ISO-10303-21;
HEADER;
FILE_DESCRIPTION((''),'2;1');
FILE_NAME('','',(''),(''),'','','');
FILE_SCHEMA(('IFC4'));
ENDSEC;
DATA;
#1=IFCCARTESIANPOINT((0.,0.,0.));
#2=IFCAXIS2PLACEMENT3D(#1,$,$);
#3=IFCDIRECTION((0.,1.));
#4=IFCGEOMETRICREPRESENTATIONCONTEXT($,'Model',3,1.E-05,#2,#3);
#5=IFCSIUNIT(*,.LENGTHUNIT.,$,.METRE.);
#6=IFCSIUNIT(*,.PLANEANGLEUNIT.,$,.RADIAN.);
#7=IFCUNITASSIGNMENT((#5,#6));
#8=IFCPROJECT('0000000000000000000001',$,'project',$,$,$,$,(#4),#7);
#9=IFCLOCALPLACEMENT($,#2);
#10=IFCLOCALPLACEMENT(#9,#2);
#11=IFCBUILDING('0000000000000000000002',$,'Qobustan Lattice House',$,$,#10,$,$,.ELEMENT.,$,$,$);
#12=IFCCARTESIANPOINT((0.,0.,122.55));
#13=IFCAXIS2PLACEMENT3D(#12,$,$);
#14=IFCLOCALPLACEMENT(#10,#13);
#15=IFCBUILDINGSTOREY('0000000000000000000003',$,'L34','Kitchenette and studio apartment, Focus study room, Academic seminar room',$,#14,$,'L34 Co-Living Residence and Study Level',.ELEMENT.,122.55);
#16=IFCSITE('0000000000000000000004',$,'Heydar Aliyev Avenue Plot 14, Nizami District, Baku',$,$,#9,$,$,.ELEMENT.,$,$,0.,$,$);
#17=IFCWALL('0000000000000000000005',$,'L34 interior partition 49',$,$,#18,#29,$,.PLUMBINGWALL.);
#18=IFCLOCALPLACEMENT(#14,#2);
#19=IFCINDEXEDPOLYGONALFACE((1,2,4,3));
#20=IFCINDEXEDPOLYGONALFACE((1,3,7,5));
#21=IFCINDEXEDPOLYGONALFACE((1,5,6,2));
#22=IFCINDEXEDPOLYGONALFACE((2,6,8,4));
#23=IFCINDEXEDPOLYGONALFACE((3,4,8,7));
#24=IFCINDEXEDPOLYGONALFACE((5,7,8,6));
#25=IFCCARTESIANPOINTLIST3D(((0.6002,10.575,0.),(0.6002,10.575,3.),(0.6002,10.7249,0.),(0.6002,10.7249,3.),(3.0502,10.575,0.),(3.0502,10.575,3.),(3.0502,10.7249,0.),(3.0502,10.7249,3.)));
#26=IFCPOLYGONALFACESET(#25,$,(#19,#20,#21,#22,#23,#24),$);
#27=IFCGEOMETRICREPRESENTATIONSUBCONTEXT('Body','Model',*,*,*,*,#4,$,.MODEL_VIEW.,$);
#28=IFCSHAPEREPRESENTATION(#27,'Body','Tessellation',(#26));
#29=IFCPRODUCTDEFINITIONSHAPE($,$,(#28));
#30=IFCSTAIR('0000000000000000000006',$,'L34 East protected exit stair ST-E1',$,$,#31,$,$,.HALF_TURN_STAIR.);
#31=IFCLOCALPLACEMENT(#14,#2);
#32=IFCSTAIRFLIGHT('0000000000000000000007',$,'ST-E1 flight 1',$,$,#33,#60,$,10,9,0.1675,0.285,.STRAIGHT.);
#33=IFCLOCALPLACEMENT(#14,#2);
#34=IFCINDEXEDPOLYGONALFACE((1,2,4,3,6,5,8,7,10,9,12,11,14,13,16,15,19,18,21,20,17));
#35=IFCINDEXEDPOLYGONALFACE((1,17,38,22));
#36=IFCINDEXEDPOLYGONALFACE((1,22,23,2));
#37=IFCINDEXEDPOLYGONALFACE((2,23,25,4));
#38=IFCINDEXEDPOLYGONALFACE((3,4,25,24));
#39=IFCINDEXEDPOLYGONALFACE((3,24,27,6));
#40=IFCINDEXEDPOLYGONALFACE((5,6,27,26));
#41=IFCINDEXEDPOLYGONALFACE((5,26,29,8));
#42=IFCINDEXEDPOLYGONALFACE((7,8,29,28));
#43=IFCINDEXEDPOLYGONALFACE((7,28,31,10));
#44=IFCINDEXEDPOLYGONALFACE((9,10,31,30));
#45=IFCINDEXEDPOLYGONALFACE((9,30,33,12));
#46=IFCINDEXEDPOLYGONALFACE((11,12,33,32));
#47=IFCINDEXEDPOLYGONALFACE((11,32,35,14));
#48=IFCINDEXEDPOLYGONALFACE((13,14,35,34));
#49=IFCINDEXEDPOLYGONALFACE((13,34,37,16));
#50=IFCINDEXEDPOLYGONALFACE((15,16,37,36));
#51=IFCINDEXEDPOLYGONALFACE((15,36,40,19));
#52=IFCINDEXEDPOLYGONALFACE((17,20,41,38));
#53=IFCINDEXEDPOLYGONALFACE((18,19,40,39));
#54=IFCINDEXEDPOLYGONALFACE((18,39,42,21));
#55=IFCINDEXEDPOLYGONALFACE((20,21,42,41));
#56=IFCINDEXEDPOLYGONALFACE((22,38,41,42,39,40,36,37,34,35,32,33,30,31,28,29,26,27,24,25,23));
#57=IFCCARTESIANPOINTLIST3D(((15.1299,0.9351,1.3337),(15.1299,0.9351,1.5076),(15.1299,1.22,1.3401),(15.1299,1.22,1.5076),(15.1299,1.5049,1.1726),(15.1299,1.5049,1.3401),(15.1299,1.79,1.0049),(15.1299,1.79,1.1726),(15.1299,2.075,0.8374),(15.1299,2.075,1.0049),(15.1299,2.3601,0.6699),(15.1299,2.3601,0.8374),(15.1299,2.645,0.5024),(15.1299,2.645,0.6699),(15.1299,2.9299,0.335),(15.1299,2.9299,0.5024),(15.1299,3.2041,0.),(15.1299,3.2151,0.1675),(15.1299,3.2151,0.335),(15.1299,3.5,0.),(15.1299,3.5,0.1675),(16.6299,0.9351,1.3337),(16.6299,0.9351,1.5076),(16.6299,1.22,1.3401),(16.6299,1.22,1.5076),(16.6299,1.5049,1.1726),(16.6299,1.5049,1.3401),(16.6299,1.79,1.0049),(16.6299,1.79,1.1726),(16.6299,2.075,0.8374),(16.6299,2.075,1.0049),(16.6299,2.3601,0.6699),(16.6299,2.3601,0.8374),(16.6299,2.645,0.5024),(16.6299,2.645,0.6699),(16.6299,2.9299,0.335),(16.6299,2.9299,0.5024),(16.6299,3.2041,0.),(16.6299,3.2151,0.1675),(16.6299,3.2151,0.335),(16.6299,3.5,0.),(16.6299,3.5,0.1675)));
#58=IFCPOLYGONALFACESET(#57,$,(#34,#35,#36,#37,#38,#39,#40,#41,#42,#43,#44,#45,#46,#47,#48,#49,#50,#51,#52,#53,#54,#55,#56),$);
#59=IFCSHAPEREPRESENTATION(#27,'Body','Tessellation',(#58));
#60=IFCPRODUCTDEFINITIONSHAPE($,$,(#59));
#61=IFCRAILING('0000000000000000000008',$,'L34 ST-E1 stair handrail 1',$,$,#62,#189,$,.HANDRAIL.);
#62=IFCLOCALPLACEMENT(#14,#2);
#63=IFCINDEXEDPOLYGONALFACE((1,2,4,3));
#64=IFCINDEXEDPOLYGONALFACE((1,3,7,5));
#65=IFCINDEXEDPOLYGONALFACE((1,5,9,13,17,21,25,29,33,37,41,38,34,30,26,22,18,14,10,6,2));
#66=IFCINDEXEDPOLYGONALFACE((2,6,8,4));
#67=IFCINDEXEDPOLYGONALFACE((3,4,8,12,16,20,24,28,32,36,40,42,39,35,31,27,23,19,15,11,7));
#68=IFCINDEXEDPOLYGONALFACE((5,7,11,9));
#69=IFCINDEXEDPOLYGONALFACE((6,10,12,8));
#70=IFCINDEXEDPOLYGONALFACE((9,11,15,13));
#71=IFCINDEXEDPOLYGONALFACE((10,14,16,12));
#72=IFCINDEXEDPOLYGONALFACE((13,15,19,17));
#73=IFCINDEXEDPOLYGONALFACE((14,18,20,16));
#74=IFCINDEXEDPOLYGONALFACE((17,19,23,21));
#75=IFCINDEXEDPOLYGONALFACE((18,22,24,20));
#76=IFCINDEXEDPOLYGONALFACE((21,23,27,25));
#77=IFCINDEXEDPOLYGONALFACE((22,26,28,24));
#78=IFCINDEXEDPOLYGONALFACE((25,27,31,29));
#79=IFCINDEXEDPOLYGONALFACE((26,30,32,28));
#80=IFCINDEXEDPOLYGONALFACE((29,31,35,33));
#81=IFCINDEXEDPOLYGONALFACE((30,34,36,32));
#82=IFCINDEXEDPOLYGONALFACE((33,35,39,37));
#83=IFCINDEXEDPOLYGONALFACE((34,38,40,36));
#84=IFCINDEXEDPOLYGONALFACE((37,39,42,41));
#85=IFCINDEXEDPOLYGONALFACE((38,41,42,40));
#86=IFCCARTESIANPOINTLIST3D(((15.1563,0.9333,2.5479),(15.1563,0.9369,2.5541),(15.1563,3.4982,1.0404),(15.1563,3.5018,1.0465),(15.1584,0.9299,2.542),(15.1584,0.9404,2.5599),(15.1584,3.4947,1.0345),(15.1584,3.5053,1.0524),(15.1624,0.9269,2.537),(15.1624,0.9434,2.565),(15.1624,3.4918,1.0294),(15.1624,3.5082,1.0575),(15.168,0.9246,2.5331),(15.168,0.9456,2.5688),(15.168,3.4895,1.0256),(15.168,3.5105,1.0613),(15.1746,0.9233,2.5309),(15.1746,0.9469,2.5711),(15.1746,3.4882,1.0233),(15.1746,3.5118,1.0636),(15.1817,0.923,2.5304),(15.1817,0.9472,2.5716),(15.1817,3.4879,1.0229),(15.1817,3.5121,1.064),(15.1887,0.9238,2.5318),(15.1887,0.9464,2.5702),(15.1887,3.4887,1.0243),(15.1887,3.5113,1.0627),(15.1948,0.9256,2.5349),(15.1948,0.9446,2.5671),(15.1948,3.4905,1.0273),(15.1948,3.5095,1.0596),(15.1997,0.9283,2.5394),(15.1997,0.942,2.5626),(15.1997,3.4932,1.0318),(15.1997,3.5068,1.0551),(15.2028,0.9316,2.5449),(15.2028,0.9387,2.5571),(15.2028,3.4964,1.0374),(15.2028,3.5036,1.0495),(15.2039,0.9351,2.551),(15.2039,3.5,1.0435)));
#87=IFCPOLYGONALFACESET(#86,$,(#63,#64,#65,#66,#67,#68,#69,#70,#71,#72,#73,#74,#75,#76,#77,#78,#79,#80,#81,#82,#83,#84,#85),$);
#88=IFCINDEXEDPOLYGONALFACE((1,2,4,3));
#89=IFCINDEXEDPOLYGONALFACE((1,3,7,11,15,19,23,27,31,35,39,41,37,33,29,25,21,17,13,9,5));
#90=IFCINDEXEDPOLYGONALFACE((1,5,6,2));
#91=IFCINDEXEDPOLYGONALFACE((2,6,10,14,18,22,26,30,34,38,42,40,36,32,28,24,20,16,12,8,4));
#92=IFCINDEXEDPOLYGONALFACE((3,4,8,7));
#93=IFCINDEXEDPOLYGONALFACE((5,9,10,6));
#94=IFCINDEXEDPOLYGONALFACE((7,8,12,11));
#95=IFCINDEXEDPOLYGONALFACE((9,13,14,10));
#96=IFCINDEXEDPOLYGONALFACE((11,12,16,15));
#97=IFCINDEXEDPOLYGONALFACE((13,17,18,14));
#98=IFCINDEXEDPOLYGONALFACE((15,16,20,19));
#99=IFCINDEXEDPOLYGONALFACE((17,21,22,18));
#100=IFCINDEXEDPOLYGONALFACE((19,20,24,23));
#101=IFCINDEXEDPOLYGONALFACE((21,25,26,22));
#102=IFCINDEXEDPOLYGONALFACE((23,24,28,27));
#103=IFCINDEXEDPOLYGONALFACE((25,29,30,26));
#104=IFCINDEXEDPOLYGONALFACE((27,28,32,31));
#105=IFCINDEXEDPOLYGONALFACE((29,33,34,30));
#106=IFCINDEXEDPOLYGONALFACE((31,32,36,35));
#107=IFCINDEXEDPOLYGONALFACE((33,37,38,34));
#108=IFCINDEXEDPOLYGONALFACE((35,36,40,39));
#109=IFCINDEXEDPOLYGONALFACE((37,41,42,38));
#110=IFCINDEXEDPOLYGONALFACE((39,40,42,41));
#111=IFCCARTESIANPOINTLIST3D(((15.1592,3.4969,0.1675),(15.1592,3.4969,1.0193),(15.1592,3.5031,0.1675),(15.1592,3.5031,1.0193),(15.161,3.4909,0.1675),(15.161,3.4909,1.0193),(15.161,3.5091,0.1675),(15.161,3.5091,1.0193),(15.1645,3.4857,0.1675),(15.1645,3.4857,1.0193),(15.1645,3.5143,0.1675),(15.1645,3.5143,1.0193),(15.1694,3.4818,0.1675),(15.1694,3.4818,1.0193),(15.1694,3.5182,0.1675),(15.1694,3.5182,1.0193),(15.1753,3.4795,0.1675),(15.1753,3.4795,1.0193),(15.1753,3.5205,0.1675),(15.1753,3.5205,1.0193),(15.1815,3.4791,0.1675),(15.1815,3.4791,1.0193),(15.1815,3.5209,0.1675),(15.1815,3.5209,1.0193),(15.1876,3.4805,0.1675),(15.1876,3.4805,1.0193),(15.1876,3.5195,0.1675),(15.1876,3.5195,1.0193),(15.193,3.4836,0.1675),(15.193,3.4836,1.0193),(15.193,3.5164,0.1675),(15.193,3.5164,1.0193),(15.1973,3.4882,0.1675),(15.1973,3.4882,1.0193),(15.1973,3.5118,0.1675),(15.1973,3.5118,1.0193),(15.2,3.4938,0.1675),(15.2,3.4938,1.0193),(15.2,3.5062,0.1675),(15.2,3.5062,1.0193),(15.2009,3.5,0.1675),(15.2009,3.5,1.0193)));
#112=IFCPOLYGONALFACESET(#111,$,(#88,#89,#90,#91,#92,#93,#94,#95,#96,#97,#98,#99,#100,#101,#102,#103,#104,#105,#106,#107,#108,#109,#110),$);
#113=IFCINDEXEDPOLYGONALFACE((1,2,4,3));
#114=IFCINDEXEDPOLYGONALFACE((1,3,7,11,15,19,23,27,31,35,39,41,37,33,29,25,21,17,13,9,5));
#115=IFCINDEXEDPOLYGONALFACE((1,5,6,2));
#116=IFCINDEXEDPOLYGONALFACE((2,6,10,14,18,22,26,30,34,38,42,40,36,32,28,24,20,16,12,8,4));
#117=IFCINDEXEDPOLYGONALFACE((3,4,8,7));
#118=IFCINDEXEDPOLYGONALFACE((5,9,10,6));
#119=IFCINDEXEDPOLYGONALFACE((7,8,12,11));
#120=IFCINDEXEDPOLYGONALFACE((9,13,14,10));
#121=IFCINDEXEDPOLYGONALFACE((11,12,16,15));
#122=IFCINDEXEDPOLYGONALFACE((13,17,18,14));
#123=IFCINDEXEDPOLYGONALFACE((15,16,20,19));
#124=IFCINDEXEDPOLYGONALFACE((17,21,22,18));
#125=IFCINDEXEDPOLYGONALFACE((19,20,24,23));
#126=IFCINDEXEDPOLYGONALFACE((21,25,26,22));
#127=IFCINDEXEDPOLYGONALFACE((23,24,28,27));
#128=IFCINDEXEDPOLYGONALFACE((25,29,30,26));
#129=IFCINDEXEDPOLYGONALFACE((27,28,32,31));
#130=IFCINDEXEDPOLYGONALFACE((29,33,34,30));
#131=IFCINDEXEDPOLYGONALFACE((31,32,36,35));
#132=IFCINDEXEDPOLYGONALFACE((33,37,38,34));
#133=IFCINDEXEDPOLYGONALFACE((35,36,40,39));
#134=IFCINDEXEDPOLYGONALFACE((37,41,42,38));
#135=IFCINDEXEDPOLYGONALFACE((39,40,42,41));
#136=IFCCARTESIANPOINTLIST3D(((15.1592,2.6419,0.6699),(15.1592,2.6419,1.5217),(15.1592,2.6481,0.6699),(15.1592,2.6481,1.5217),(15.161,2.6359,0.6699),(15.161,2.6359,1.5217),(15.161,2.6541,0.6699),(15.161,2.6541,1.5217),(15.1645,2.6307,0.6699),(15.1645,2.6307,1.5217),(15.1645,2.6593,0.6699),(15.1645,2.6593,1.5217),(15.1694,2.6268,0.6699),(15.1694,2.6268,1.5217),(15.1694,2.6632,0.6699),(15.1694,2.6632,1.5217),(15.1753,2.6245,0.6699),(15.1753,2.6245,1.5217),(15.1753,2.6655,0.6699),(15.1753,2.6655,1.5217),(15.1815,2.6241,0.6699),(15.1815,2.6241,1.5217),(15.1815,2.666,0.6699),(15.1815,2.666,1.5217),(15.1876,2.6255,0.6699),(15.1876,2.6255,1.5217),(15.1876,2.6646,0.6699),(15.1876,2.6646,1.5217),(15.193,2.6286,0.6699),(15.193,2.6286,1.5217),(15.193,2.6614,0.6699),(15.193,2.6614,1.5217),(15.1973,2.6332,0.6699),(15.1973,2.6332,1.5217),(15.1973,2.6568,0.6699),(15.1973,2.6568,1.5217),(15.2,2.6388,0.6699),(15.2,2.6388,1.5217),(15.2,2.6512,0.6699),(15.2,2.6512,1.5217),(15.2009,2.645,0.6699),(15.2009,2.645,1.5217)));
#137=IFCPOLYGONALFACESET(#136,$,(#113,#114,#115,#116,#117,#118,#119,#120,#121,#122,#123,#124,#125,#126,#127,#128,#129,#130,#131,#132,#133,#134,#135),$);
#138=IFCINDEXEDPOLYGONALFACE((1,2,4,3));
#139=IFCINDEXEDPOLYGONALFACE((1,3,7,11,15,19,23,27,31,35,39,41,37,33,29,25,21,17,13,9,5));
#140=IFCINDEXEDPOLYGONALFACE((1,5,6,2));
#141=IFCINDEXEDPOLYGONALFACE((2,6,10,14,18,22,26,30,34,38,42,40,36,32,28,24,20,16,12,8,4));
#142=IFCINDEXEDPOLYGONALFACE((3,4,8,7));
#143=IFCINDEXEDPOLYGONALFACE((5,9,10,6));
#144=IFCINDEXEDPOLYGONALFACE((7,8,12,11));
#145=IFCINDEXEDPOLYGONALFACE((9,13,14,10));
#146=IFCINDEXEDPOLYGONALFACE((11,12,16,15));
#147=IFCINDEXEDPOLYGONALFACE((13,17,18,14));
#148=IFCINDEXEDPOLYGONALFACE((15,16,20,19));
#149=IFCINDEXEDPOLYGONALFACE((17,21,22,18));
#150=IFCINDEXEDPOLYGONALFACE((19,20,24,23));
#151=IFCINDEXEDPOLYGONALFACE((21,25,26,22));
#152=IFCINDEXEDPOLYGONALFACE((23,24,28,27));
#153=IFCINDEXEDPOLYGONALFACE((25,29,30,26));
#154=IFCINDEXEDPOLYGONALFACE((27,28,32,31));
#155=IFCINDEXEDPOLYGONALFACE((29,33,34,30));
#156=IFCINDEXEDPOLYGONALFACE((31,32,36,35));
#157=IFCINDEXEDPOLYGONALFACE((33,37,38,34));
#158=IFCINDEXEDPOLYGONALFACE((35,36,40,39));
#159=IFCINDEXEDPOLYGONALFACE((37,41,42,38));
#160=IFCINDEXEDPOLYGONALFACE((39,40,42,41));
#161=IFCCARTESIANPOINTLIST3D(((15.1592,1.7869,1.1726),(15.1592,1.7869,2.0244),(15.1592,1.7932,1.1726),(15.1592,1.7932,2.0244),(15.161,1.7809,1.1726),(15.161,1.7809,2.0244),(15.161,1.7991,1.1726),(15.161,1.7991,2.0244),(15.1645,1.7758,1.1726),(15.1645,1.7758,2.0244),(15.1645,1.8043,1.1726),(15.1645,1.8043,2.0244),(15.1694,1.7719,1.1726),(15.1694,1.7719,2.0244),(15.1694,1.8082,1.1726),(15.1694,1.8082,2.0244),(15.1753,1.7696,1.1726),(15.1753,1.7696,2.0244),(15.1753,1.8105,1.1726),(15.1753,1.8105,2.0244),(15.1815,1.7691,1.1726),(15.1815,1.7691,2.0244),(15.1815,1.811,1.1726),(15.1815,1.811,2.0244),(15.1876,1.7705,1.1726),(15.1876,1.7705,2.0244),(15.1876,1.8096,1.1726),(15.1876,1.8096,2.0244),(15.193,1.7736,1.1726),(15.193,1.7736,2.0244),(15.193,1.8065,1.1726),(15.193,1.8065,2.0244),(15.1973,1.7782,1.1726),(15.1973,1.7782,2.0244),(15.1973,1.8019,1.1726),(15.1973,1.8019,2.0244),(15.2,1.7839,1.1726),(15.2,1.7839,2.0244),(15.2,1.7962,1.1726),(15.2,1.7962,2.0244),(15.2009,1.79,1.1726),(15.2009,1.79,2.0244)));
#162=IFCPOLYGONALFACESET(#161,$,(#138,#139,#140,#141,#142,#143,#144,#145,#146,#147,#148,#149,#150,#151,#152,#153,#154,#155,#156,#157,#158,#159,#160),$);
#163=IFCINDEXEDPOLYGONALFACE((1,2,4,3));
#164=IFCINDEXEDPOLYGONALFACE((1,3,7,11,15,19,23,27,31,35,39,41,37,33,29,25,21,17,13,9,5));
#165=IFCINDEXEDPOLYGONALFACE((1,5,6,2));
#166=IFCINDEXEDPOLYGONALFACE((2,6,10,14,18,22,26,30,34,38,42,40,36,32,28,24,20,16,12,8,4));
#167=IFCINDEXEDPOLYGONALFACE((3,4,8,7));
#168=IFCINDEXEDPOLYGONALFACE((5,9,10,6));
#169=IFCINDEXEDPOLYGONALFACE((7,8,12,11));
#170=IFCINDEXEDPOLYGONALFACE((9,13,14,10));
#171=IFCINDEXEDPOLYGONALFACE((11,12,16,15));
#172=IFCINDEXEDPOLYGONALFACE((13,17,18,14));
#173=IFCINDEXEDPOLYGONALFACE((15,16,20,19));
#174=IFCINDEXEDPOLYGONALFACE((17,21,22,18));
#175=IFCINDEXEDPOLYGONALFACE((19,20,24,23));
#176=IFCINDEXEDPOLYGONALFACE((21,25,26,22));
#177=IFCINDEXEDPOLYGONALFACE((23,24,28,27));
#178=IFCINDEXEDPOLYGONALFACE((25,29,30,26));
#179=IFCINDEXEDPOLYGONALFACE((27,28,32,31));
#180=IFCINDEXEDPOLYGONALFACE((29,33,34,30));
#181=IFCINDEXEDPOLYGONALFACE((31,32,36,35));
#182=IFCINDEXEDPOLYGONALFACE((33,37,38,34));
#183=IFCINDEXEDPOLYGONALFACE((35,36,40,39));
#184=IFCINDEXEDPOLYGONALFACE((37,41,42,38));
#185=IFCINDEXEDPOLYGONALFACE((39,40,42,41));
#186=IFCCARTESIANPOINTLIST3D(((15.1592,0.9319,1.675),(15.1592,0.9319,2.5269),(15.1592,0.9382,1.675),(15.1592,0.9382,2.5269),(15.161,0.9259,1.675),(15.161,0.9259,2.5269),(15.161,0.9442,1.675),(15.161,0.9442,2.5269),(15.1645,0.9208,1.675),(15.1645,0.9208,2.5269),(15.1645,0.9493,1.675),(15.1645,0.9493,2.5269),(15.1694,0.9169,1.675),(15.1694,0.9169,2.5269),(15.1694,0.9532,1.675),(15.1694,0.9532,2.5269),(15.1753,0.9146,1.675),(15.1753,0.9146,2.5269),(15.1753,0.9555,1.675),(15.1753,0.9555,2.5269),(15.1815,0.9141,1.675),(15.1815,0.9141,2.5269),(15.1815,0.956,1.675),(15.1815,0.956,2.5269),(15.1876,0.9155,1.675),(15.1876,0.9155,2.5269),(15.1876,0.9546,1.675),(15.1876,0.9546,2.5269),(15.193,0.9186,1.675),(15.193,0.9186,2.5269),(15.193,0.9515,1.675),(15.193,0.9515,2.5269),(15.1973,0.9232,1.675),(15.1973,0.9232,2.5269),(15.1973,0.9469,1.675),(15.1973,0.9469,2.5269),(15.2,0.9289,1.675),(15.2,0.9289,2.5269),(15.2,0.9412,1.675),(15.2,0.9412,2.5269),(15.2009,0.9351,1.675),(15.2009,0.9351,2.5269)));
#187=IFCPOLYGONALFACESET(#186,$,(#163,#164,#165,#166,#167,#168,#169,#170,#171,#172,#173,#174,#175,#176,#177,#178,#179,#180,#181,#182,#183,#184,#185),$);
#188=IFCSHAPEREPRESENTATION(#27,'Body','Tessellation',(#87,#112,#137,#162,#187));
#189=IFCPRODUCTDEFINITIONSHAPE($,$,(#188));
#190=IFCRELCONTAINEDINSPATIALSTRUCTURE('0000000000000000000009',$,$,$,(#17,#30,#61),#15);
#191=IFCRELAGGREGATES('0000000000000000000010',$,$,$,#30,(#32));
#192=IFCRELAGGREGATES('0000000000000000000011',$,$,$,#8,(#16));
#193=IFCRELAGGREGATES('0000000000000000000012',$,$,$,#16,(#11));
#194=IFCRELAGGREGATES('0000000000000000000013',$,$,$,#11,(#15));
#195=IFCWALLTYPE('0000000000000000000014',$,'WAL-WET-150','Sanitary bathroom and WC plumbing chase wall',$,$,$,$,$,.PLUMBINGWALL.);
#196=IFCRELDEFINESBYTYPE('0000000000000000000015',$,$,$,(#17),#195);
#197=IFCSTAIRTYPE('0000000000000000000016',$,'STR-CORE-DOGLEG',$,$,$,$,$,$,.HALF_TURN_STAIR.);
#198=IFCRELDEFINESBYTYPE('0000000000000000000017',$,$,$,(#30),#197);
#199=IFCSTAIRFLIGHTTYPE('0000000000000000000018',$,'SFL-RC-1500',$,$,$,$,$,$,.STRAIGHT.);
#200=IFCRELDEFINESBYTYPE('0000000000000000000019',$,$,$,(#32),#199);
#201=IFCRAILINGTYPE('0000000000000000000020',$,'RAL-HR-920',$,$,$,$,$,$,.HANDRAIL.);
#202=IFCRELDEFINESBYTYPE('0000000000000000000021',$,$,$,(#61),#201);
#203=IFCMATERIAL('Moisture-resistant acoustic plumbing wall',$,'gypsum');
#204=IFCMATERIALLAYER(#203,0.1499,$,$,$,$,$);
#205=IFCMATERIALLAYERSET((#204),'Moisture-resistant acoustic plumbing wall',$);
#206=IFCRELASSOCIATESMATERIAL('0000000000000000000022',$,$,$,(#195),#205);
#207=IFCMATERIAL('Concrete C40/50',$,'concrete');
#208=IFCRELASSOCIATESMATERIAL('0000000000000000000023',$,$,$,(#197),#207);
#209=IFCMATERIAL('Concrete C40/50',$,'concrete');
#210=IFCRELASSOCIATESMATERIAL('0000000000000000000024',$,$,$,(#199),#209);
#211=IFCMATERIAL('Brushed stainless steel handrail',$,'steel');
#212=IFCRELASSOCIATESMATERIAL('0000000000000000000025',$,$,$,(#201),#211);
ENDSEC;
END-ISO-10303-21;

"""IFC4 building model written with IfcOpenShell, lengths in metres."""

from ifc_helpers import new_model, si_unit, direction, frame, frame_2d, origin, origin_2d, place, context, subcontext, project, spatial, polyline, rectangle, circle, outline, extrude, material, layer, layer_set, type_object, element, aggregate, save


model = new_model("IFC4")

# Units and contexts
model_context = context("Model", 3, precision=1e-05, world=origin(), true_north=direction((0.0, 1.0)))
body_context = subcontext(model_context, "Body", "Model", "MODEL_VIEW")
ifc_project = project(units=[si_unit("LENGTHUNIT", "METRE"), si_unit("PLANEANGLEUNIT", "RADIAN")], contexts=[model_context])

# Site, building, storey
site_placement = place(None, origin())
site = spatial("IfcSite", under=ifc_project, at=site_placement, Name="Heydar Aliyev Avenue Plot 14, Nizami District, Baku", CompositionType="ELEMENT", RefElevation=0.0)
building_placement = place(site_placement, origin())
building = spatial("IfcBuilding", under=site, at=building_placement, Name="Qobustan Lattice House", CompositionType="ELEMENT")
storey_placement = place(building_placement, frame((0.0, 0.0, 122.55)))
storey = spatial("IfcBuildingStorey", under=building, at=storey_placement, Name="L34", Description="Kitchenette and studio apartment, Focus study room, Academic seminar room", LongName="L34 Co-Living Residence and Study Level", CompositionType="ELEMENT", Elevation=122.55)

# Wall
ifc_material_1 = material(Name="Moisture-resistant acoustic plumbing wall", Category="gypsum")
ifc_layer_1 = layer(ifc_material_1, 0.1499)
ifc_layer_set_1 = layer_set([ifc_layer_1], Name="Moisture-resistant acoustic plumbing wall")
wall_type_1 = type_object("IfcWallType", Name="WAL-WET-150", Description="Sanitary bathroom and WC plumbing chase wall", PredefinedType="PLUMBINGWALL", material=ifc_layer_set_1)
wall_1_placement = place(storey_placement, frame((0.6001, 10.6499, 0.0), z_axis=(0.0, 0.0, 1.0), x_axis=(1.0, 0.0, 0.0)))
element("IfcWall", 1, at=wall_1_placement, inside=storey, type_object=wall_type_1, Name="L34 interior partition 49", PredefinedType="PLUMBINGWALL", context=body_context, shape_type="SweptSolid", body=[
    extrude(rectangle(XDim=2.45, YDim=0.1499, at=frame_2d((1.2251, 0.0))), origin(), (0.0, 0.0, 1.0), 3.0),
])

# Stair, stair flight
ifc_material_2 = material(Name="Concrete C40/50", Category="concrete")
stair_type = type_object("IfcStairType", Name="STR-CORE-DOGLEG", PredefinedType="HALF_TURN_STAIR", material=ifc_material_2)
stair_placement = place(storey_placement, origin())
stair = element("IfcStair", 2, at=stair_placement, inside=storey, type_object=stair_type, Name="L34 East protected exit stair ST-E1", PredefinedType="HALF_TURN_STAIR")
ifc_material_3 = material(Name="Concrete C40/50", Category="concrete")
stair_flight_type = type_object("IfcStairFlightType", Name="SFL-RC-1500", PredefinedType="STRAIGHT", material=ifc_material_3)
stair_flight_placement = place(storey_placement, frame((15.8799, 3.5, 0.0), z_axis=(0.0, 0.0, 1.0), x_axis=(0.0, -1.0, 0.0)))
stair_flight = element("IfcStairFlight", 3, at=stair_flight_placement, type_object=stair_flight_type, Name="ST-E1 flight 1", NumberOfRisers=10, NumberOfTreads=9, PredefinedType="STRAIGHT", RiserHeight=0.1675, TreadLength=0.285, context=body_context, shape_type="SweptSolid", body=[
    extrude(outline(polyline([(0.0, 0.0), (0.0, 0.1675), (0.2849, 0.1675), (0.2849, 0.335), (0.5701, 0.335), (0.5701, 0.5024), (0.855, 0.5024), (0.855, 0.6699), (1.1399, 0.6699), (1.1399, 0.8374), (1.425, 0.8374), (1.425, 1.0049), (1.71, 1.0049), (1.71, 1.1726), (1.9951, 1.1726), (1.9951, 1.3401), (2.28, 1.3401), (2.28, 1.5076), (2.5649, 1.5076), (2.5649, 1.675), (2.5649, 1.3337), (0.2959, 0.0), (0.0, 0.0)])), frame((0.0, 0.75, 0.0), z_axis=(0.0, -1.0, 0.0), x_axis=(1.0, 0.0, 0.0)), (0.0, 0.0, 1.0), 1.5),
])
aggregate(stair, [stair_flight])

# Railing
ifc_material_4 = material(Name="Brushed stainless steel handrail", Category="steel")
railing_type_1 = type_object("IfcRailingType", Name="RAL-HR-920", PredefinedType="HANDRAIL", material=ifc_material_4)
railing_1_placement = place(storey_placement, frame((15.1799, 3.5, 0.1675)))
element("IfcRailing", 4, at=railing_1_placement, inside=storey, type_object=railing_type_1, Name="L34 ST-E1 stair handrail 1", PredefinedType="HANDRAIL", context=body_context, shape_type="SweptSolid", body=[
    extrude(circle(Radius=0.0239, at=origin_2d()), frame((0.0, 0.0, 0.876), z_axis=(0.0, -0.862113, 0.506715), x_axis=(1.0, 0.0, 0.0)), (0.0, 0.0, 1.0), 2.9751),
    extrude(circle(Radius=0.021, at=origin_2d()), origin(), (0.0, 0.0, 1.0), 0.8518),
    extrude(circle(Radius=0.021, at=origin_2d()), frame((0.0, -0.855, 0.5024)), (0.0, 0.0, 1.0), 0.8518),
    extrude(circle(Radius=0.021, at=origin_2d()), frame((0.0, -1.71, 1.0051)), (0.0, 0.0, 1.0), 0.8518),
    extrude(circle(Radius=0.021, at=origin_2d()), frame((0.0, -2.5649, 1.5076)), (0.0, 0.0, 1.0), 0.8518),
])

save(model, "model.ifc")
